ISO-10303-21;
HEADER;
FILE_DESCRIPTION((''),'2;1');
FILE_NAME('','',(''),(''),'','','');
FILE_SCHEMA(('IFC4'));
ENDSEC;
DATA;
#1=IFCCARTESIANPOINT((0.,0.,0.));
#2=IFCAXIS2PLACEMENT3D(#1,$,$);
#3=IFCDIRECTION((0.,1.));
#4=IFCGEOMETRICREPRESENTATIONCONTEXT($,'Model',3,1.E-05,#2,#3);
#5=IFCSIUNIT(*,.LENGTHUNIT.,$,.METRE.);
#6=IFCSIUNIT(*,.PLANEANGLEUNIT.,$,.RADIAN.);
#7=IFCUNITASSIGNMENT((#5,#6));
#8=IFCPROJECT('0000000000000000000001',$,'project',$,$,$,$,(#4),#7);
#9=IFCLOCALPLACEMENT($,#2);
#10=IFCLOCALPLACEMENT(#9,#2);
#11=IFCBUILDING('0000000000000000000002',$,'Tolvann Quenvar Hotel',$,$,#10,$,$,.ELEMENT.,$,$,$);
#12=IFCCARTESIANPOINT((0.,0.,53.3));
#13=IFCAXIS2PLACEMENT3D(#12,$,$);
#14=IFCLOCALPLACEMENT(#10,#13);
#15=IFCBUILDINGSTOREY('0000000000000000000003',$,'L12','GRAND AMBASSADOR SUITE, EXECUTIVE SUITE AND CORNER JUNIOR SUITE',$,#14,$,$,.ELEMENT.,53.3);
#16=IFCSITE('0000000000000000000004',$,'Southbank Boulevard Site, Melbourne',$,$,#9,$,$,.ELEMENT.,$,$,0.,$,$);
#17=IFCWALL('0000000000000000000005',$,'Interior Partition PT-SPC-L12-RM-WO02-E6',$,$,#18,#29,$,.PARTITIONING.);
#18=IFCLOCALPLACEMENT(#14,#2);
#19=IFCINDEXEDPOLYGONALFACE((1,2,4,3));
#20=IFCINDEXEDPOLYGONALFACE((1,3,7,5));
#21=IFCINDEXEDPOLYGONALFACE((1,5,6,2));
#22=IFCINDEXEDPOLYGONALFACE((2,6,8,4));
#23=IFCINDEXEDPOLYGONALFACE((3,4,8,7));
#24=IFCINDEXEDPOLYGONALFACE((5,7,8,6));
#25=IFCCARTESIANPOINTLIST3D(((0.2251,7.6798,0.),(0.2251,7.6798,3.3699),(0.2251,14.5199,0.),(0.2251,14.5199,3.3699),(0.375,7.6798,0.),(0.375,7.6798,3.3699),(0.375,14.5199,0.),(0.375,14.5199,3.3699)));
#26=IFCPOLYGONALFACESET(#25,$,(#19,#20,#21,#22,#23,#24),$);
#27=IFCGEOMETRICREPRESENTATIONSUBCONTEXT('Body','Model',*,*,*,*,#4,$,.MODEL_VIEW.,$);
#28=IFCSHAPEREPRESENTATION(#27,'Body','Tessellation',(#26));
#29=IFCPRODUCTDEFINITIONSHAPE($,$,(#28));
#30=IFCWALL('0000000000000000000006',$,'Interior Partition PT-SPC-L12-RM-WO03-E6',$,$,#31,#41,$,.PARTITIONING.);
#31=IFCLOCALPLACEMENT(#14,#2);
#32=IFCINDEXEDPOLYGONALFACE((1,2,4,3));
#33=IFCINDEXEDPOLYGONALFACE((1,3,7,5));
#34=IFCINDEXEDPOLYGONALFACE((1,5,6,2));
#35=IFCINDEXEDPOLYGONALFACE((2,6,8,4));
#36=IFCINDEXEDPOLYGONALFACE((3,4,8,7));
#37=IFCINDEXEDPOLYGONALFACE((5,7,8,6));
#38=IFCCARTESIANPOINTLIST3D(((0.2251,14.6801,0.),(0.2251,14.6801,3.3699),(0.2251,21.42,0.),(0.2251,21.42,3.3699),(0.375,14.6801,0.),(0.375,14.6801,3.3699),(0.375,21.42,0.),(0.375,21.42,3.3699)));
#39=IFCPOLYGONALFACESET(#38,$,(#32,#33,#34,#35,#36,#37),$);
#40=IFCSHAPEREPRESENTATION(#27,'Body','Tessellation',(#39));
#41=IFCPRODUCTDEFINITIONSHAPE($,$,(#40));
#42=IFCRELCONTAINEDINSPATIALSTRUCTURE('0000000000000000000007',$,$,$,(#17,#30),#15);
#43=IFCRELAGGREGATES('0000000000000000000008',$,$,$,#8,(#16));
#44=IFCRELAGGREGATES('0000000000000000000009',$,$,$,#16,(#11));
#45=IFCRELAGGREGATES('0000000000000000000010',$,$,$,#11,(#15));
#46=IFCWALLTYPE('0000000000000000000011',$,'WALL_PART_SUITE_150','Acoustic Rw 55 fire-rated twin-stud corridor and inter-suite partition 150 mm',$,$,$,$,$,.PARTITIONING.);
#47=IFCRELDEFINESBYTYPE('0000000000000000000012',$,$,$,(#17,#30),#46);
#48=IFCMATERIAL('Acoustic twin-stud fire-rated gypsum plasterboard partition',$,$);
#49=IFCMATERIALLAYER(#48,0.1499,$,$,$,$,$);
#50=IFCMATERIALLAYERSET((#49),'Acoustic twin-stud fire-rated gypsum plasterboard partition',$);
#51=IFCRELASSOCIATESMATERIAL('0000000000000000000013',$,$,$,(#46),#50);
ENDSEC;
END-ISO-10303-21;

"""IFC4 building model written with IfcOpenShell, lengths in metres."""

from ifc_helpers import new_model, si_unit, direction, frame, frame_2d, origin, place, context, subcontext, project, spatial, rectangle, extrude, material, layer, layer_set, type_object, element, save


model = new_model("IFC4")

# Units and contexts
model_context = context("Model", 3, precision=1e-05, world=origin(), true_north=direction((0.0, 1.0)))
body_context = subcontext(model_context, "Body", "Model", "MODEL_VIEW")
ifc_project = project(units=[si_unit("LENGTHUNIT", "METRE"), si_unit("PLANEANGLEUNIT", "RADIAN")], contexts=[model_context])

# Site, building, storey
site_placement = place(None, origin())
site = spatial("IfcSite", under=ifc_project, at=site_placement, Name="Southbank Boulevard Site, Melbourne", CompositionType="ELEMENT", RefElevation=0.0)
building_placement = place(site_placement, origin())
building = spatial("IfcBuilding", under=site, at=building_placement, Name="Tolvann Quenvar Hotel", CompositionType="ELEMENT")
storey_placement = place(building_placement, frame((0.0, 0.0, 53.3)))
storey = spatial("IfcBuildingStorey", under=building, at=storey_placement, Name="L12", Description="GRAND AMBASSADOR SUITE, EXECUTIVE SUITE AND CORNER JUNIOR SUITE", CompositionType="ELEMENT", Elevation=53.3)

# Walls
ifc_material_1 = material(Name="Acoustic twin-stud fire-rated gypsum plasterboard partition")
ifc_layer_1 = layer(ifc_material_1, 0.1499)
ifc_layer_set_1 = layer_set([ifc_layer_1], Name="Acoustic twin-stud fire-rated gypsum plasterboard partition")
wall_type_1 = type_object("IfcWallType", Name="WALL_PART_SUITE_150", Description="Acoustic Rw 55 fire-rated twin-stud corridor and inter-suite partition 150 mm", PredefinedType="PARTITIONING", material=ifc_layer_set_1)
wall_1_placement = place(storey_placement, frame((0.3, 7.6799, 0.0), z_axis=(0.0, 0.0, 1.0), x_axis=(0.0, 1.0, 0.0)))
element("IfcWall", 1, at=wall_1_placement, inside=storey, type_object=wall_type_1, Name="Interior Partition PT-SPC-L12-RM-WO02-E6", PredefinedType="PARTITIONING", context=body_context, shape_type="SweptSolid", body=[
    extrude(rectangle(XDim=6.8401, YDim=0.1499, at=frame_2d((3.4199, 0.0))), origin(), (0.0, 0.0, 1.0), 3.3699),
])
wall_2_placement = place(storey_placement, frame((0.3, 14.6799, 0.0), z_axis=(0.0, 0.0, 1.0), x_axis=(0.0, 1.0, 0.0)))
element("IfcWall", 2, at=wall_2_placement, inside=storey, type_object=wall_type_1, Name="Interior Partition PT-SPC-L12-RM-WO03-E6", PredefinedType="PARTITIONING", context=body_context, shape_type="SweptSolid", body=[
    extrude(rectangle(XDim=6.74, YDim=0.1499, at=frame_2d((3.3701, 0.0))), origin(), (0.0, 0.0, 1.0), 3.3699),
])

save(model, "model.ifc")
